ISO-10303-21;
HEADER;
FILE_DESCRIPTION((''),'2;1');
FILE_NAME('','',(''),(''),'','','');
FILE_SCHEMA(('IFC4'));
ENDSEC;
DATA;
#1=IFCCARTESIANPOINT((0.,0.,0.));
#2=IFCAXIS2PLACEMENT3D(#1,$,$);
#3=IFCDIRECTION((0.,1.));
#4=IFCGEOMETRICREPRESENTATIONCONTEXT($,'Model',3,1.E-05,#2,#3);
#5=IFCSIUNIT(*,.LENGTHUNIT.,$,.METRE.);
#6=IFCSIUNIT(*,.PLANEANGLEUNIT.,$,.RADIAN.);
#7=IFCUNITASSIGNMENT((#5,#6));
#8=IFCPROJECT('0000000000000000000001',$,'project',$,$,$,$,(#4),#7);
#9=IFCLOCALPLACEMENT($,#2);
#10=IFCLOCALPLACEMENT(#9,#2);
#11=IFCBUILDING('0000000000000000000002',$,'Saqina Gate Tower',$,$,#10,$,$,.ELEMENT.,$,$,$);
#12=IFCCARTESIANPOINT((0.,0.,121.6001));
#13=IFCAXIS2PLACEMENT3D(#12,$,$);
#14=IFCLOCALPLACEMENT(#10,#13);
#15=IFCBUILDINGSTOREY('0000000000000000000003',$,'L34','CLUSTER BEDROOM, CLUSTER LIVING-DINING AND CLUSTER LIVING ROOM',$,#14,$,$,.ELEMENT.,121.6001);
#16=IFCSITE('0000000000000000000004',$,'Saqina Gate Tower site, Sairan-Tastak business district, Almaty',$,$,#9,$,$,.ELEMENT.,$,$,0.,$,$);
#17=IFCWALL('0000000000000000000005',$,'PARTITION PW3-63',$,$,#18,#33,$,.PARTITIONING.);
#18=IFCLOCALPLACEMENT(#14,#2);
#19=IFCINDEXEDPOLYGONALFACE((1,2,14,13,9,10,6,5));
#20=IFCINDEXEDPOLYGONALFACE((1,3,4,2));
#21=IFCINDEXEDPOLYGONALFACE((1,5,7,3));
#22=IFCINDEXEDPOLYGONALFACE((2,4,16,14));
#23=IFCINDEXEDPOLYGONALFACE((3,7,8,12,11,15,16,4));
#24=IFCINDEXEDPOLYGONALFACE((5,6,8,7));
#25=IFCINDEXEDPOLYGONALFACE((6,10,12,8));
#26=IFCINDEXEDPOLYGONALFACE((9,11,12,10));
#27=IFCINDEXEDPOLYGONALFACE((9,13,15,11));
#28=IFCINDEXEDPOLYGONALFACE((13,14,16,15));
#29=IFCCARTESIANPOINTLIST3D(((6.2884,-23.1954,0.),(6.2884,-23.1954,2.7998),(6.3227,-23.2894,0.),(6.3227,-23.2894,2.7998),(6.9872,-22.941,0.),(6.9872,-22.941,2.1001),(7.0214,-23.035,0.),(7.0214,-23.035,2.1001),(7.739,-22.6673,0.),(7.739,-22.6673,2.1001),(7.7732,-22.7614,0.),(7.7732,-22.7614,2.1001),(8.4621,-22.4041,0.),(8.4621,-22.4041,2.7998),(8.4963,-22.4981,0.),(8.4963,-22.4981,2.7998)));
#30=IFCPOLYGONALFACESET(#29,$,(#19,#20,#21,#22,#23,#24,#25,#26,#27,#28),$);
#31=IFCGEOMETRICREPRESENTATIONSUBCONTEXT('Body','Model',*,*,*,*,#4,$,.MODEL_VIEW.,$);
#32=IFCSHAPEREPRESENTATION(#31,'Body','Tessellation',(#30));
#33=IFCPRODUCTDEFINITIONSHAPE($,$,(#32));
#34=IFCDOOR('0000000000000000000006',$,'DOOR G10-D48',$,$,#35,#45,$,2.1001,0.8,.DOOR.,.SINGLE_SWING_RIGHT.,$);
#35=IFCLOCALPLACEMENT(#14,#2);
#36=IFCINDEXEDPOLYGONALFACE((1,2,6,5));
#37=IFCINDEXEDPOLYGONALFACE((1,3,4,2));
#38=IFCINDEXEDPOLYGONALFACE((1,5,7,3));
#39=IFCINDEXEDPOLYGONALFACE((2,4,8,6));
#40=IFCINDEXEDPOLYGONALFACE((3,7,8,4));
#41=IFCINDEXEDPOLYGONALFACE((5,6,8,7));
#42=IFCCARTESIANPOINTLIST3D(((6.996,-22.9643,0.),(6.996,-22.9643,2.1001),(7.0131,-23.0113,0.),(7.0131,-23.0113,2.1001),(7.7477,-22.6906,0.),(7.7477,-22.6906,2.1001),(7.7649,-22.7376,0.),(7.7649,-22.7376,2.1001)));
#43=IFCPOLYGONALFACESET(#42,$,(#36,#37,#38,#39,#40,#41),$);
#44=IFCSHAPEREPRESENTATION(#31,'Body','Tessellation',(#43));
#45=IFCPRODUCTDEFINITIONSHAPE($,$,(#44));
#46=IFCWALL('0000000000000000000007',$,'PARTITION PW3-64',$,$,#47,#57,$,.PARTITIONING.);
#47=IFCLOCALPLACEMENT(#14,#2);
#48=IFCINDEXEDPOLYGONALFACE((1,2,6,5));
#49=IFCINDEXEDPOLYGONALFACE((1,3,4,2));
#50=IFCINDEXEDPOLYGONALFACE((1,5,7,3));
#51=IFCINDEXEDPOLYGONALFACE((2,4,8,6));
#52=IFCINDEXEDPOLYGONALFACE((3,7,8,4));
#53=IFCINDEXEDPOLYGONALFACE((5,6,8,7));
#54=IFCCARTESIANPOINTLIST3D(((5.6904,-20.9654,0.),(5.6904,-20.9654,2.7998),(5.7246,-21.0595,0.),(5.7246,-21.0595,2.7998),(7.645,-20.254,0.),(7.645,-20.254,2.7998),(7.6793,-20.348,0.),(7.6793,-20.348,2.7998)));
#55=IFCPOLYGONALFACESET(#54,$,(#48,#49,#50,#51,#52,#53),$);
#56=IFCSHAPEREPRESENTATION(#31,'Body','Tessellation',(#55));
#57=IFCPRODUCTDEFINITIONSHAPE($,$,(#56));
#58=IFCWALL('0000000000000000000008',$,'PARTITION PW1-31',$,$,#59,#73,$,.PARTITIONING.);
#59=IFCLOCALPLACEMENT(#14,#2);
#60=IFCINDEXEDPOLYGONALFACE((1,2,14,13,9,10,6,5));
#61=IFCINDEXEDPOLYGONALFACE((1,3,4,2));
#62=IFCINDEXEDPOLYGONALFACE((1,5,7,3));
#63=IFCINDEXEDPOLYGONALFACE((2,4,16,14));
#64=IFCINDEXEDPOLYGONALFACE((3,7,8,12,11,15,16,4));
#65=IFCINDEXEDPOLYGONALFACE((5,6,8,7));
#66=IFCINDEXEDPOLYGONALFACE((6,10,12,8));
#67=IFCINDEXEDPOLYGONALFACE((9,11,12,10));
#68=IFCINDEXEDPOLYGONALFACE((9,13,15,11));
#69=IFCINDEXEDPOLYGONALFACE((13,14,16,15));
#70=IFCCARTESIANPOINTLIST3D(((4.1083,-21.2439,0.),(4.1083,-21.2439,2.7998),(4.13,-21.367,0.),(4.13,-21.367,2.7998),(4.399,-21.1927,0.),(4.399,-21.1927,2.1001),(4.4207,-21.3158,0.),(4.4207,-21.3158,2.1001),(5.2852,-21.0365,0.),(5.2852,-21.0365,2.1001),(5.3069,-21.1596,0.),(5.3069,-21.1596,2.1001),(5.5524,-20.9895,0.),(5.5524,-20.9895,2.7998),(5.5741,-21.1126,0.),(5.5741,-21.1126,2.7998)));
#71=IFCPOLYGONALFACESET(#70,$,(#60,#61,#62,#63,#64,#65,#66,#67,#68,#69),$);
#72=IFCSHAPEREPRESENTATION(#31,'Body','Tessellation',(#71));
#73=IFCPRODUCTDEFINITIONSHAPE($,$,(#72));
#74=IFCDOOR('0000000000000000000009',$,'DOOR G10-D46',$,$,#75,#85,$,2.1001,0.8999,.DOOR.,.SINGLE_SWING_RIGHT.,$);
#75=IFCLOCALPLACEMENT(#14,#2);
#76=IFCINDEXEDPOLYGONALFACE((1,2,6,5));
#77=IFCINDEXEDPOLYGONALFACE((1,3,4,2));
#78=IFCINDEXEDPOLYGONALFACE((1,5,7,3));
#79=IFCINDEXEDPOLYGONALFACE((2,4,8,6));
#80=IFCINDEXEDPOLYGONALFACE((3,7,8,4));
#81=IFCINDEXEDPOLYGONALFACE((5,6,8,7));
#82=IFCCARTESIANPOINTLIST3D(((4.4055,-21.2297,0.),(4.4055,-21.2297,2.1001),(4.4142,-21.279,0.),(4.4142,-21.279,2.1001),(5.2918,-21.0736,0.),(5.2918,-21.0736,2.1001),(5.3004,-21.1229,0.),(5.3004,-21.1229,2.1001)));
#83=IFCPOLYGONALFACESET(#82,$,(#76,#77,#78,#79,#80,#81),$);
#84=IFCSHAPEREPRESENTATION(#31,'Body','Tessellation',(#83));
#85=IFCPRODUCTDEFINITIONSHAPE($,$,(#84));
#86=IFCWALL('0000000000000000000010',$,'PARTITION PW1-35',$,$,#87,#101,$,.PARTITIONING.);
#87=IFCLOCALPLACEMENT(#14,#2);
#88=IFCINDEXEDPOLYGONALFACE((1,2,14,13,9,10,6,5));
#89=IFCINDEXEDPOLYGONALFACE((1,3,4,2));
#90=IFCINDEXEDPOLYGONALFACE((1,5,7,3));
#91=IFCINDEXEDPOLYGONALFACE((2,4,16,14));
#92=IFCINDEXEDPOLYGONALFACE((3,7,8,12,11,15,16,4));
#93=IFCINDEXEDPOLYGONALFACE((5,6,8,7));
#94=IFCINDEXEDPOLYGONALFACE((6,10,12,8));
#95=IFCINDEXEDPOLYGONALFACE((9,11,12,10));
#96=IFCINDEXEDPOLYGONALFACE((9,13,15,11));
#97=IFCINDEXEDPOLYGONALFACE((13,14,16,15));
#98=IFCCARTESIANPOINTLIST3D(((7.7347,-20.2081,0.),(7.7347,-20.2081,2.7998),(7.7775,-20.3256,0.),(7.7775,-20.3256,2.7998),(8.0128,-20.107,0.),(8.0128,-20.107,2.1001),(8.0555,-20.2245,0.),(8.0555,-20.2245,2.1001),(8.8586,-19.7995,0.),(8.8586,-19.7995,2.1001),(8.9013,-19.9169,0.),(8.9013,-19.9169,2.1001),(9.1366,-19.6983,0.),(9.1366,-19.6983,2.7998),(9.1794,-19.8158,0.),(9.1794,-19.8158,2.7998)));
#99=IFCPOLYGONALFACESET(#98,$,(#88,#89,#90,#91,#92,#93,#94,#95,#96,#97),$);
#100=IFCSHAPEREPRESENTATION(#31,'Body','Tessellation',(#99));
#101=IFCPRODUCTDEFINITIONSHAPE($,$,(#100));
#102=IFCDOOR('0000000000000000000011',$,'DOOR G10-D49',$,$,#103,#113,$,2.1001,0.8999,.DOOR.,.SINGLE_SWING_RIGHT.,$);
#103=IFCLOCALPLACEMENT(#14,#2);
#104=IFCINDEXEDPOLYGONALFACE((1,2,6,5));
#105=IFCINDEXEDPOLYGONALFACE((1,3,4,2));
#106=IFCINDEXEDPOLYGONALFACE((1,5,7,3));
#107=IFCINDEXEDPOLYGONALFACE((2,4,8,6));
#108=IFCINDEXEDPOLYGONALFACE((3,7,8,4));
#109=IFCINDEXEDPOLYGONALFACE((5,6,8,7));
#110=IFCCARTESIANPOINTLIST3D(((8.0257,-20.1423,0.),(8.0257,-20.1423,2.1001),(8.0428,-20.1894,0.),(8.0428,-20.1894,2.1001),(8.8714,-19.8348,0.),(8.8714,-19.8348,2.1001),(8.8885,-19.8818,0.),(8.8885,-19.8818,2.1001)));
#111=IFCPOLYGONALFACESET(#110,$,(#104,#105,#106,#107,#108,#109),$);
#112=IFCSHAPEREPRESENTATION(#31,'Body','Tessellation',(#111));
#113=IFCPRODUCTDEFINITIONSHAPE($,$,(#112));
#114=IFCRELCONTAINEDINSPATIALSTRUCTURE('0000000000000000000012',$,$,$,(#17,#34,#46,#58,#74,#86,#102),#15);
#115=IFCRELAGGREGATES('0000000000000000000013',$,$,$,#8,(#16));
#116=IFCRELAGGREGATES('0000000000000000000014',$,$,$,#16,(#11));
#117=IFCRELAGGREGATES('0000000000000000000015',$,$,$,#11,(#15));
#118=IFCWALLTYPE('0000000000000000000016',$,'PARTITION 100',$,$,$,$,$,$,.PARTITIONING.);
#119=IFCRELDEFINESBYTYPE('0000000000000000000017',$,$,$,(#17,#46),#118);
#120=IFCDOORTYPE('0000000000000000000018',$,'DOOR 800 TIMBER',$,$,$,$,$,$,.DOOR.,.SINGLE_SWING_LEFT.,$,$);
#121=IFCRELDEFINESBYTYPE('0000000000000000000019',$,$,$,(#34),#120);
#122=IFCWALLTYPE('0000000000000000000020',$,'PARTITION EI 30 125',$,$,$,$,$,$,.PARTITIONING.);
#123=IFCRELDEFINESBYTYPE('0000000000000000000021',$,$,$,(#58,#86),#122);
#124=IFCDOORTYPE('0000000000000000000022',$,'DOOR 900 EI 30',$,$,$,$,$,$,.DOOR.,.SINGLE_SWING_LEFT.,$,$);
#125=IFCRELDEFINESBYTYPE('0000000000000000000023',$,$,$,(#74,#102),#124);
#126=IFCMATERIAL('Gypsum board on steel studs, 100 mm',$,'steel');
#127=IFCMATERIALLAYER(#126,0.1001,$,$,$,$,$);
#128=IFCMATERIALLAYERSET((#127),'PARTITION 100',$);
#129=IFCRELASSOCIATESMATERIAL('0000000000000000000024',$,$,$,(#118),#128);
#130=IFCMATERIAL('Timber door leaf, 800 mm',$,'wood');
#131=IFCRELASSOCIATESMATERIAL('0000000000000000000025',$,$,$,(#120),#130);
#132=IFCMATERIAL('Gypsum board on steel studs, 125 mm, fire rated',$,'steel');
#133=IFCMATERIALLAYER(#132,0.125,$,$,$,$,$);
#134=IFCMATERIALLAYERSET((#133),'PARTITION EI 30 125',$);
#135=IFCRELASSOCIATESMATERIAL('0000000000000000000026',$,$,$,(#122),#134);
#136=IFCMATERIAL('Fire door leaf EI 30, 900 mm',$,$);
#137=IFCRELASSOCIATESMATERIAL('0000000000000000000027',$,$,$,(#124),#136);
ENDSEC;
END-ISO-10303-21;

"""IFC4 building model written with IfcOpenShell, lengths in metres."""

from ifc_helpers import new_model, si_unit, direction, frame, frame_2d, origin, place, context, subcontext, project, spatial, rectangle, extrude, material, layer, layer_set, type_object, element, fill, save


model = new_model("IFC4")

# Units and contexts
model_context = context("Model", 3, precision=1e-05, world=origin(), true_north=direction((0.0, 1.0)))
body_context = subcontext(model_context, "Body", "Model", "MODEL_VIEW")
ifc_project = project(units=[si_unit("LENGTHUNIT", "METRE"), si_unit("PLANEANGLEUNIT", "RADIAN")], contexts=[model_context])

# Site, building, storey
site_placement = place(None, origin())
site = spatial("IfcSite", under=ifc_project, at=site_placement, Name="Saqina Gate Tower site, Sairan-Tastak business district, Almaty", CompositionType="ELEMENT", RefElevation=0.0)
building_placement = place(site_placement, origin())
building = spatial("IfcBuilding", under=site, at=building_placement, Name="Saqina Gate Tower", CompositionType="ELEMENT")
storey_placement = place(building_placement, frame((0.0, 0.0, 121.6001)))
storey = spatial("IfcBuildingStorey", under=building, at=storey_placement, Name="L34", Description="CLUSTER BEDROOM, CLUSTER LIVING-DINING AND CLUSTER LIVING ROOM", CompositionType="ELEMENT", Elevation=121.6001)

# Shared definitions
ifc_material_1 = material(Name="Gypsum board on steel studs, 100 mm", Category="steel")
ifc_layer_1 = layer(ifc_material_1, 0.1001)
ifc_layer_set_1 = layer_set([ifc_layer_1], Name="PARTITION 100")
wall_type_1 = type_object("IfcWallType", Name="PARTITION 100", PredefinedType="PARTITIONING", material=ifc_layer_set_1)

# Shared definitions
ifc_material_2 = material(Name="Timber door leaf, 800 mm", Category="wood")
door_type_1 = type_object("IfcDoorType", Name="DOOR 800 TIMBER", OperationType="SINGLE_SWING_LEFT", PredefinedType="DOOR", material=ifc_material_2)

# Wall, opening, door
wall_1_placement = place(storey_placement, frame((6.3054, -23.2424, 0.0), z_axis=(0.0, 0.0, 1.0), x_axis=(0.939673, 0.342074, 0.0)))
wall_1 = element("IfcWall", 1, at=wall_1_placement, inside=storey, type_object=wall_type_1, Name="PARTITION PW3-63", PredefinedType="PARTITIONING", context=body_context, shape_type="SweptSolid", body=[
    extrude(rectangle(XDim=2.3132, YDim=0.1001, at=frame_2d((1.1567, 0.0))), origin(), (0.0, 0.0, 1.0), 2.7998),
])
opening_1_placement = place(wall_1_placement, frame((0.7439, 0.0, 0.0)))
opening_1 = element("IfcOpeningElement", 2, at=opening_1_placement, cuts=wall_1, PredefinedType="OPENING", context=body_context, shape_type="SweptSolid", body=[
    extrude(rectangle(XDim=0.8, YDim=2.1001, at=frame_2d((0.3999, 1.05))), frame((0.0, 0.062, 0.0), z_axis=(0.0, -1.0, 0.0), x_axis=(1.0, 0.0, 0.0)), (0.0, 0.0, 1.0), 0.124),
])
door_1_placement = place(opening_1_placement, frame((0.8, 0.0, 0.0), z_axis=(0.0, 0.0, 1.0), x_axis=(-1.0, 0.0, 0.0)))
door_1 = element("IfcDoor", 3, at=door_1_placement, inside=storey, type_object=door_type_1, Name="DOOR G10-D48", OperationType="SINGLE_SWING_RIGHT", OverallHeight=2.1001, OverallWidth=0.8, PredefinedType="DOOR", context=body_context, shape_type="SweptSolid", body=[
    extrude(rectangle(XDim=0.8, YDim=2.1001, at=frame_2d((0.3999, 1.05))), frame((0.0, 0.0249, 0.0), z_axis=(0.0, -1.0, 0.0), x_axis=(1.0, 0.0, 0.0)), (0.0, 0.0, 1.0), 0.05),
])
fill(opening_1, door_1)

# Wall
wall_2_placement = place(storey_placement, frame((5.7075, -21.0125, 0.0), z_axis=(0.0, 0.0, 1.0), x_axis=(0.939691, 0.342026, 0.0)))
element("IfcWall", 4, at=wall_2_placement, inside=storey, type_object=wall_type_1, Name="PARTITION PW3-64", PredefinedType="PARTITIONING", context=body_context, shape_type="SweptSolid", body=[
    extrude(rectangle(XDim=2.0801, YDim=0.1001, at=frame_2d((1.04, 0.0))), origin(), (0.0, 0.0, 1.0), 2.7998),
])

# Walls, openings, doors
ifc_material_3 = material(Name="Gypsum board on steel studs, 125 mm, fire rated", Category="steel")
ifc_layer_2 = layer(ifc_material_3, 0.125)
ifc_layer_set_2 = layer_set([ifc_layer_2], Name="PARTITION EI 30 125")
wall_type_2 = type_object("IfcWallType", Name="PARTITION EI 30 125", PredefinedType="PARTITIONING", material=ifc_layer_set_2)
wall_3_placement = place(storey_placement, frame((4.1191, -21.3054, 0.0), z_axis=(0.0, 0.0, 1.0), x_axis=(0.984835, 0.173491, 0.0)))
wall_3 = element("IfcWall", 5, at=wall_3_placement, inside=storey, type_object=wall_type_2, Name="PARTITION PW1-31", PredefinedType="PARTITIONING", context=body_context, shape_type="SweptSolid", body=[
    extrude(rectangle(XDim=1.4663, YDim=0.125, at=frame_2d((0.7332, 0.0))), origin(), (0.0, 0.0, 1.0), 2.7998),
])
opening_2_placement = place(wall_3_placement, frame((0.2952, 0.0, 0.0)))
opening_2 = element("IfcOpeningElement", 6, at=opening_2_placement, cuts=wall_3, PredefinedType="OPENING", context=body_context, shape_type="SweptSolid", body=[
    extrude(rectangle(XDim=0.8999, YDim=2.1001, at=frame_2d((0.45, 1.05))), frame((0.0, 0.0745, 0.0), z_axis=(0.0, -1.0, 0.0), x_axis=(1.0, 0.0, 0.0)), (0.0, 0.0, 1.0), 0.1489),
])
ifc_material_4 = material(Name="Fire door leaf EI 30, 900 mm")
door_type_2 = type_object("IfcDoorType", Name="DOOR 900 EI 30", OperationType="SINGLE_SWING_LEFT", PredefinedType="DOOR", material=ifc_material_4)
door_2_placement = place(opening_2_placement, origin())
door_2 = element("IfcDoor", 7, at=door_2_placement, inside=storey, type_object=door_type_2, Name="DOOR G10-D46", OperationType="SINGLE_SWING_RIGHT", OverallHeight=2.1001, OverallWidth=0.8999, PredefinedType="DOOR", context=body_context, shape_type="SweptSolid", body=[
    extrude(rectangle(XDim=0.8999, YDim=2.1001, at=frame_2d((0.45, 1.05))), frame((0.0, 0.0249, 0.0), z_axis=(0.0, -1.0, 0.0), x_axis=(1.0, 0.0, 0.0)), (0.0, 0.0, 1.0), 0.05),
])
fill(opening_2, door_2)
wall_4_placement = place(storey_placement, frame((7.7561, -20.2668, 0.0), z_axis=(0.0, 0.0, 1.0), x_axis=(0.939793, 0.341743, 0.0)))
wall_4 = element("IfcWall", 8, at=wall_4_placement, inside=storey, type_object=wall_type_2, Name="PARTITION PW1-35", PredefinedType="PARTITIONING", context=body_context, shape_type="SweptSolid", body=[
    extrude(rectangle(XDim=1.4917, YDim=0.125, at=frame_2d((0.7458, 0.0))), origin(), (0.0, 0.0, 1.0), 2.7998),
])
opening_3_placement = place(wall_4_placement, frame((0.2959, 0.0, 0.0)))
opening_3 = element("IfcOpeningElement", 9, at=opening_3_placement, cuts=wall_4, PredefinedType="OPENING", context=body_context, shape_type="SweptSolid", body=[
    extrude(rectangle(XDim=0.8999, YDim=2.1001, at=frame_2d((0.45, 1.05))), frame((0.0, 0.0745, 0.0), z_axis=(0.0, -1.0, 0.0), x_axis=(1.0, 0.0, 0.0)), (0.0, 0.0, 1.0), 0.1489),
])
door_3_placement = place(opening_3_placement, origin())
door_3 = element("IfcDoor", 10, at=door_3_placement, inside=storey, type_object=door_type_2, Name="DOOR G10-D49", OperationType="SINGLE_SWING_RIGHT", OverallHeight=2.1001, OverallWidth=0.8999, PredefinedType="DOOR", context=body_context, shape_type="SweptSolid", body=[
    extrude(rectangle(XDim=0.8999, YDim=2.1001, at=frame_2d((0.45, 1.05))), frame((0.0, 0.0249, 0.0), z_axis=(0.0, -1.0, 0.0), x_axis=(1.0, 0.0, 0.0)), (0.0, 0.0, 1.0), 0.05),
])
fill(opening_3, door_3)

save(model, "model.ifc")
